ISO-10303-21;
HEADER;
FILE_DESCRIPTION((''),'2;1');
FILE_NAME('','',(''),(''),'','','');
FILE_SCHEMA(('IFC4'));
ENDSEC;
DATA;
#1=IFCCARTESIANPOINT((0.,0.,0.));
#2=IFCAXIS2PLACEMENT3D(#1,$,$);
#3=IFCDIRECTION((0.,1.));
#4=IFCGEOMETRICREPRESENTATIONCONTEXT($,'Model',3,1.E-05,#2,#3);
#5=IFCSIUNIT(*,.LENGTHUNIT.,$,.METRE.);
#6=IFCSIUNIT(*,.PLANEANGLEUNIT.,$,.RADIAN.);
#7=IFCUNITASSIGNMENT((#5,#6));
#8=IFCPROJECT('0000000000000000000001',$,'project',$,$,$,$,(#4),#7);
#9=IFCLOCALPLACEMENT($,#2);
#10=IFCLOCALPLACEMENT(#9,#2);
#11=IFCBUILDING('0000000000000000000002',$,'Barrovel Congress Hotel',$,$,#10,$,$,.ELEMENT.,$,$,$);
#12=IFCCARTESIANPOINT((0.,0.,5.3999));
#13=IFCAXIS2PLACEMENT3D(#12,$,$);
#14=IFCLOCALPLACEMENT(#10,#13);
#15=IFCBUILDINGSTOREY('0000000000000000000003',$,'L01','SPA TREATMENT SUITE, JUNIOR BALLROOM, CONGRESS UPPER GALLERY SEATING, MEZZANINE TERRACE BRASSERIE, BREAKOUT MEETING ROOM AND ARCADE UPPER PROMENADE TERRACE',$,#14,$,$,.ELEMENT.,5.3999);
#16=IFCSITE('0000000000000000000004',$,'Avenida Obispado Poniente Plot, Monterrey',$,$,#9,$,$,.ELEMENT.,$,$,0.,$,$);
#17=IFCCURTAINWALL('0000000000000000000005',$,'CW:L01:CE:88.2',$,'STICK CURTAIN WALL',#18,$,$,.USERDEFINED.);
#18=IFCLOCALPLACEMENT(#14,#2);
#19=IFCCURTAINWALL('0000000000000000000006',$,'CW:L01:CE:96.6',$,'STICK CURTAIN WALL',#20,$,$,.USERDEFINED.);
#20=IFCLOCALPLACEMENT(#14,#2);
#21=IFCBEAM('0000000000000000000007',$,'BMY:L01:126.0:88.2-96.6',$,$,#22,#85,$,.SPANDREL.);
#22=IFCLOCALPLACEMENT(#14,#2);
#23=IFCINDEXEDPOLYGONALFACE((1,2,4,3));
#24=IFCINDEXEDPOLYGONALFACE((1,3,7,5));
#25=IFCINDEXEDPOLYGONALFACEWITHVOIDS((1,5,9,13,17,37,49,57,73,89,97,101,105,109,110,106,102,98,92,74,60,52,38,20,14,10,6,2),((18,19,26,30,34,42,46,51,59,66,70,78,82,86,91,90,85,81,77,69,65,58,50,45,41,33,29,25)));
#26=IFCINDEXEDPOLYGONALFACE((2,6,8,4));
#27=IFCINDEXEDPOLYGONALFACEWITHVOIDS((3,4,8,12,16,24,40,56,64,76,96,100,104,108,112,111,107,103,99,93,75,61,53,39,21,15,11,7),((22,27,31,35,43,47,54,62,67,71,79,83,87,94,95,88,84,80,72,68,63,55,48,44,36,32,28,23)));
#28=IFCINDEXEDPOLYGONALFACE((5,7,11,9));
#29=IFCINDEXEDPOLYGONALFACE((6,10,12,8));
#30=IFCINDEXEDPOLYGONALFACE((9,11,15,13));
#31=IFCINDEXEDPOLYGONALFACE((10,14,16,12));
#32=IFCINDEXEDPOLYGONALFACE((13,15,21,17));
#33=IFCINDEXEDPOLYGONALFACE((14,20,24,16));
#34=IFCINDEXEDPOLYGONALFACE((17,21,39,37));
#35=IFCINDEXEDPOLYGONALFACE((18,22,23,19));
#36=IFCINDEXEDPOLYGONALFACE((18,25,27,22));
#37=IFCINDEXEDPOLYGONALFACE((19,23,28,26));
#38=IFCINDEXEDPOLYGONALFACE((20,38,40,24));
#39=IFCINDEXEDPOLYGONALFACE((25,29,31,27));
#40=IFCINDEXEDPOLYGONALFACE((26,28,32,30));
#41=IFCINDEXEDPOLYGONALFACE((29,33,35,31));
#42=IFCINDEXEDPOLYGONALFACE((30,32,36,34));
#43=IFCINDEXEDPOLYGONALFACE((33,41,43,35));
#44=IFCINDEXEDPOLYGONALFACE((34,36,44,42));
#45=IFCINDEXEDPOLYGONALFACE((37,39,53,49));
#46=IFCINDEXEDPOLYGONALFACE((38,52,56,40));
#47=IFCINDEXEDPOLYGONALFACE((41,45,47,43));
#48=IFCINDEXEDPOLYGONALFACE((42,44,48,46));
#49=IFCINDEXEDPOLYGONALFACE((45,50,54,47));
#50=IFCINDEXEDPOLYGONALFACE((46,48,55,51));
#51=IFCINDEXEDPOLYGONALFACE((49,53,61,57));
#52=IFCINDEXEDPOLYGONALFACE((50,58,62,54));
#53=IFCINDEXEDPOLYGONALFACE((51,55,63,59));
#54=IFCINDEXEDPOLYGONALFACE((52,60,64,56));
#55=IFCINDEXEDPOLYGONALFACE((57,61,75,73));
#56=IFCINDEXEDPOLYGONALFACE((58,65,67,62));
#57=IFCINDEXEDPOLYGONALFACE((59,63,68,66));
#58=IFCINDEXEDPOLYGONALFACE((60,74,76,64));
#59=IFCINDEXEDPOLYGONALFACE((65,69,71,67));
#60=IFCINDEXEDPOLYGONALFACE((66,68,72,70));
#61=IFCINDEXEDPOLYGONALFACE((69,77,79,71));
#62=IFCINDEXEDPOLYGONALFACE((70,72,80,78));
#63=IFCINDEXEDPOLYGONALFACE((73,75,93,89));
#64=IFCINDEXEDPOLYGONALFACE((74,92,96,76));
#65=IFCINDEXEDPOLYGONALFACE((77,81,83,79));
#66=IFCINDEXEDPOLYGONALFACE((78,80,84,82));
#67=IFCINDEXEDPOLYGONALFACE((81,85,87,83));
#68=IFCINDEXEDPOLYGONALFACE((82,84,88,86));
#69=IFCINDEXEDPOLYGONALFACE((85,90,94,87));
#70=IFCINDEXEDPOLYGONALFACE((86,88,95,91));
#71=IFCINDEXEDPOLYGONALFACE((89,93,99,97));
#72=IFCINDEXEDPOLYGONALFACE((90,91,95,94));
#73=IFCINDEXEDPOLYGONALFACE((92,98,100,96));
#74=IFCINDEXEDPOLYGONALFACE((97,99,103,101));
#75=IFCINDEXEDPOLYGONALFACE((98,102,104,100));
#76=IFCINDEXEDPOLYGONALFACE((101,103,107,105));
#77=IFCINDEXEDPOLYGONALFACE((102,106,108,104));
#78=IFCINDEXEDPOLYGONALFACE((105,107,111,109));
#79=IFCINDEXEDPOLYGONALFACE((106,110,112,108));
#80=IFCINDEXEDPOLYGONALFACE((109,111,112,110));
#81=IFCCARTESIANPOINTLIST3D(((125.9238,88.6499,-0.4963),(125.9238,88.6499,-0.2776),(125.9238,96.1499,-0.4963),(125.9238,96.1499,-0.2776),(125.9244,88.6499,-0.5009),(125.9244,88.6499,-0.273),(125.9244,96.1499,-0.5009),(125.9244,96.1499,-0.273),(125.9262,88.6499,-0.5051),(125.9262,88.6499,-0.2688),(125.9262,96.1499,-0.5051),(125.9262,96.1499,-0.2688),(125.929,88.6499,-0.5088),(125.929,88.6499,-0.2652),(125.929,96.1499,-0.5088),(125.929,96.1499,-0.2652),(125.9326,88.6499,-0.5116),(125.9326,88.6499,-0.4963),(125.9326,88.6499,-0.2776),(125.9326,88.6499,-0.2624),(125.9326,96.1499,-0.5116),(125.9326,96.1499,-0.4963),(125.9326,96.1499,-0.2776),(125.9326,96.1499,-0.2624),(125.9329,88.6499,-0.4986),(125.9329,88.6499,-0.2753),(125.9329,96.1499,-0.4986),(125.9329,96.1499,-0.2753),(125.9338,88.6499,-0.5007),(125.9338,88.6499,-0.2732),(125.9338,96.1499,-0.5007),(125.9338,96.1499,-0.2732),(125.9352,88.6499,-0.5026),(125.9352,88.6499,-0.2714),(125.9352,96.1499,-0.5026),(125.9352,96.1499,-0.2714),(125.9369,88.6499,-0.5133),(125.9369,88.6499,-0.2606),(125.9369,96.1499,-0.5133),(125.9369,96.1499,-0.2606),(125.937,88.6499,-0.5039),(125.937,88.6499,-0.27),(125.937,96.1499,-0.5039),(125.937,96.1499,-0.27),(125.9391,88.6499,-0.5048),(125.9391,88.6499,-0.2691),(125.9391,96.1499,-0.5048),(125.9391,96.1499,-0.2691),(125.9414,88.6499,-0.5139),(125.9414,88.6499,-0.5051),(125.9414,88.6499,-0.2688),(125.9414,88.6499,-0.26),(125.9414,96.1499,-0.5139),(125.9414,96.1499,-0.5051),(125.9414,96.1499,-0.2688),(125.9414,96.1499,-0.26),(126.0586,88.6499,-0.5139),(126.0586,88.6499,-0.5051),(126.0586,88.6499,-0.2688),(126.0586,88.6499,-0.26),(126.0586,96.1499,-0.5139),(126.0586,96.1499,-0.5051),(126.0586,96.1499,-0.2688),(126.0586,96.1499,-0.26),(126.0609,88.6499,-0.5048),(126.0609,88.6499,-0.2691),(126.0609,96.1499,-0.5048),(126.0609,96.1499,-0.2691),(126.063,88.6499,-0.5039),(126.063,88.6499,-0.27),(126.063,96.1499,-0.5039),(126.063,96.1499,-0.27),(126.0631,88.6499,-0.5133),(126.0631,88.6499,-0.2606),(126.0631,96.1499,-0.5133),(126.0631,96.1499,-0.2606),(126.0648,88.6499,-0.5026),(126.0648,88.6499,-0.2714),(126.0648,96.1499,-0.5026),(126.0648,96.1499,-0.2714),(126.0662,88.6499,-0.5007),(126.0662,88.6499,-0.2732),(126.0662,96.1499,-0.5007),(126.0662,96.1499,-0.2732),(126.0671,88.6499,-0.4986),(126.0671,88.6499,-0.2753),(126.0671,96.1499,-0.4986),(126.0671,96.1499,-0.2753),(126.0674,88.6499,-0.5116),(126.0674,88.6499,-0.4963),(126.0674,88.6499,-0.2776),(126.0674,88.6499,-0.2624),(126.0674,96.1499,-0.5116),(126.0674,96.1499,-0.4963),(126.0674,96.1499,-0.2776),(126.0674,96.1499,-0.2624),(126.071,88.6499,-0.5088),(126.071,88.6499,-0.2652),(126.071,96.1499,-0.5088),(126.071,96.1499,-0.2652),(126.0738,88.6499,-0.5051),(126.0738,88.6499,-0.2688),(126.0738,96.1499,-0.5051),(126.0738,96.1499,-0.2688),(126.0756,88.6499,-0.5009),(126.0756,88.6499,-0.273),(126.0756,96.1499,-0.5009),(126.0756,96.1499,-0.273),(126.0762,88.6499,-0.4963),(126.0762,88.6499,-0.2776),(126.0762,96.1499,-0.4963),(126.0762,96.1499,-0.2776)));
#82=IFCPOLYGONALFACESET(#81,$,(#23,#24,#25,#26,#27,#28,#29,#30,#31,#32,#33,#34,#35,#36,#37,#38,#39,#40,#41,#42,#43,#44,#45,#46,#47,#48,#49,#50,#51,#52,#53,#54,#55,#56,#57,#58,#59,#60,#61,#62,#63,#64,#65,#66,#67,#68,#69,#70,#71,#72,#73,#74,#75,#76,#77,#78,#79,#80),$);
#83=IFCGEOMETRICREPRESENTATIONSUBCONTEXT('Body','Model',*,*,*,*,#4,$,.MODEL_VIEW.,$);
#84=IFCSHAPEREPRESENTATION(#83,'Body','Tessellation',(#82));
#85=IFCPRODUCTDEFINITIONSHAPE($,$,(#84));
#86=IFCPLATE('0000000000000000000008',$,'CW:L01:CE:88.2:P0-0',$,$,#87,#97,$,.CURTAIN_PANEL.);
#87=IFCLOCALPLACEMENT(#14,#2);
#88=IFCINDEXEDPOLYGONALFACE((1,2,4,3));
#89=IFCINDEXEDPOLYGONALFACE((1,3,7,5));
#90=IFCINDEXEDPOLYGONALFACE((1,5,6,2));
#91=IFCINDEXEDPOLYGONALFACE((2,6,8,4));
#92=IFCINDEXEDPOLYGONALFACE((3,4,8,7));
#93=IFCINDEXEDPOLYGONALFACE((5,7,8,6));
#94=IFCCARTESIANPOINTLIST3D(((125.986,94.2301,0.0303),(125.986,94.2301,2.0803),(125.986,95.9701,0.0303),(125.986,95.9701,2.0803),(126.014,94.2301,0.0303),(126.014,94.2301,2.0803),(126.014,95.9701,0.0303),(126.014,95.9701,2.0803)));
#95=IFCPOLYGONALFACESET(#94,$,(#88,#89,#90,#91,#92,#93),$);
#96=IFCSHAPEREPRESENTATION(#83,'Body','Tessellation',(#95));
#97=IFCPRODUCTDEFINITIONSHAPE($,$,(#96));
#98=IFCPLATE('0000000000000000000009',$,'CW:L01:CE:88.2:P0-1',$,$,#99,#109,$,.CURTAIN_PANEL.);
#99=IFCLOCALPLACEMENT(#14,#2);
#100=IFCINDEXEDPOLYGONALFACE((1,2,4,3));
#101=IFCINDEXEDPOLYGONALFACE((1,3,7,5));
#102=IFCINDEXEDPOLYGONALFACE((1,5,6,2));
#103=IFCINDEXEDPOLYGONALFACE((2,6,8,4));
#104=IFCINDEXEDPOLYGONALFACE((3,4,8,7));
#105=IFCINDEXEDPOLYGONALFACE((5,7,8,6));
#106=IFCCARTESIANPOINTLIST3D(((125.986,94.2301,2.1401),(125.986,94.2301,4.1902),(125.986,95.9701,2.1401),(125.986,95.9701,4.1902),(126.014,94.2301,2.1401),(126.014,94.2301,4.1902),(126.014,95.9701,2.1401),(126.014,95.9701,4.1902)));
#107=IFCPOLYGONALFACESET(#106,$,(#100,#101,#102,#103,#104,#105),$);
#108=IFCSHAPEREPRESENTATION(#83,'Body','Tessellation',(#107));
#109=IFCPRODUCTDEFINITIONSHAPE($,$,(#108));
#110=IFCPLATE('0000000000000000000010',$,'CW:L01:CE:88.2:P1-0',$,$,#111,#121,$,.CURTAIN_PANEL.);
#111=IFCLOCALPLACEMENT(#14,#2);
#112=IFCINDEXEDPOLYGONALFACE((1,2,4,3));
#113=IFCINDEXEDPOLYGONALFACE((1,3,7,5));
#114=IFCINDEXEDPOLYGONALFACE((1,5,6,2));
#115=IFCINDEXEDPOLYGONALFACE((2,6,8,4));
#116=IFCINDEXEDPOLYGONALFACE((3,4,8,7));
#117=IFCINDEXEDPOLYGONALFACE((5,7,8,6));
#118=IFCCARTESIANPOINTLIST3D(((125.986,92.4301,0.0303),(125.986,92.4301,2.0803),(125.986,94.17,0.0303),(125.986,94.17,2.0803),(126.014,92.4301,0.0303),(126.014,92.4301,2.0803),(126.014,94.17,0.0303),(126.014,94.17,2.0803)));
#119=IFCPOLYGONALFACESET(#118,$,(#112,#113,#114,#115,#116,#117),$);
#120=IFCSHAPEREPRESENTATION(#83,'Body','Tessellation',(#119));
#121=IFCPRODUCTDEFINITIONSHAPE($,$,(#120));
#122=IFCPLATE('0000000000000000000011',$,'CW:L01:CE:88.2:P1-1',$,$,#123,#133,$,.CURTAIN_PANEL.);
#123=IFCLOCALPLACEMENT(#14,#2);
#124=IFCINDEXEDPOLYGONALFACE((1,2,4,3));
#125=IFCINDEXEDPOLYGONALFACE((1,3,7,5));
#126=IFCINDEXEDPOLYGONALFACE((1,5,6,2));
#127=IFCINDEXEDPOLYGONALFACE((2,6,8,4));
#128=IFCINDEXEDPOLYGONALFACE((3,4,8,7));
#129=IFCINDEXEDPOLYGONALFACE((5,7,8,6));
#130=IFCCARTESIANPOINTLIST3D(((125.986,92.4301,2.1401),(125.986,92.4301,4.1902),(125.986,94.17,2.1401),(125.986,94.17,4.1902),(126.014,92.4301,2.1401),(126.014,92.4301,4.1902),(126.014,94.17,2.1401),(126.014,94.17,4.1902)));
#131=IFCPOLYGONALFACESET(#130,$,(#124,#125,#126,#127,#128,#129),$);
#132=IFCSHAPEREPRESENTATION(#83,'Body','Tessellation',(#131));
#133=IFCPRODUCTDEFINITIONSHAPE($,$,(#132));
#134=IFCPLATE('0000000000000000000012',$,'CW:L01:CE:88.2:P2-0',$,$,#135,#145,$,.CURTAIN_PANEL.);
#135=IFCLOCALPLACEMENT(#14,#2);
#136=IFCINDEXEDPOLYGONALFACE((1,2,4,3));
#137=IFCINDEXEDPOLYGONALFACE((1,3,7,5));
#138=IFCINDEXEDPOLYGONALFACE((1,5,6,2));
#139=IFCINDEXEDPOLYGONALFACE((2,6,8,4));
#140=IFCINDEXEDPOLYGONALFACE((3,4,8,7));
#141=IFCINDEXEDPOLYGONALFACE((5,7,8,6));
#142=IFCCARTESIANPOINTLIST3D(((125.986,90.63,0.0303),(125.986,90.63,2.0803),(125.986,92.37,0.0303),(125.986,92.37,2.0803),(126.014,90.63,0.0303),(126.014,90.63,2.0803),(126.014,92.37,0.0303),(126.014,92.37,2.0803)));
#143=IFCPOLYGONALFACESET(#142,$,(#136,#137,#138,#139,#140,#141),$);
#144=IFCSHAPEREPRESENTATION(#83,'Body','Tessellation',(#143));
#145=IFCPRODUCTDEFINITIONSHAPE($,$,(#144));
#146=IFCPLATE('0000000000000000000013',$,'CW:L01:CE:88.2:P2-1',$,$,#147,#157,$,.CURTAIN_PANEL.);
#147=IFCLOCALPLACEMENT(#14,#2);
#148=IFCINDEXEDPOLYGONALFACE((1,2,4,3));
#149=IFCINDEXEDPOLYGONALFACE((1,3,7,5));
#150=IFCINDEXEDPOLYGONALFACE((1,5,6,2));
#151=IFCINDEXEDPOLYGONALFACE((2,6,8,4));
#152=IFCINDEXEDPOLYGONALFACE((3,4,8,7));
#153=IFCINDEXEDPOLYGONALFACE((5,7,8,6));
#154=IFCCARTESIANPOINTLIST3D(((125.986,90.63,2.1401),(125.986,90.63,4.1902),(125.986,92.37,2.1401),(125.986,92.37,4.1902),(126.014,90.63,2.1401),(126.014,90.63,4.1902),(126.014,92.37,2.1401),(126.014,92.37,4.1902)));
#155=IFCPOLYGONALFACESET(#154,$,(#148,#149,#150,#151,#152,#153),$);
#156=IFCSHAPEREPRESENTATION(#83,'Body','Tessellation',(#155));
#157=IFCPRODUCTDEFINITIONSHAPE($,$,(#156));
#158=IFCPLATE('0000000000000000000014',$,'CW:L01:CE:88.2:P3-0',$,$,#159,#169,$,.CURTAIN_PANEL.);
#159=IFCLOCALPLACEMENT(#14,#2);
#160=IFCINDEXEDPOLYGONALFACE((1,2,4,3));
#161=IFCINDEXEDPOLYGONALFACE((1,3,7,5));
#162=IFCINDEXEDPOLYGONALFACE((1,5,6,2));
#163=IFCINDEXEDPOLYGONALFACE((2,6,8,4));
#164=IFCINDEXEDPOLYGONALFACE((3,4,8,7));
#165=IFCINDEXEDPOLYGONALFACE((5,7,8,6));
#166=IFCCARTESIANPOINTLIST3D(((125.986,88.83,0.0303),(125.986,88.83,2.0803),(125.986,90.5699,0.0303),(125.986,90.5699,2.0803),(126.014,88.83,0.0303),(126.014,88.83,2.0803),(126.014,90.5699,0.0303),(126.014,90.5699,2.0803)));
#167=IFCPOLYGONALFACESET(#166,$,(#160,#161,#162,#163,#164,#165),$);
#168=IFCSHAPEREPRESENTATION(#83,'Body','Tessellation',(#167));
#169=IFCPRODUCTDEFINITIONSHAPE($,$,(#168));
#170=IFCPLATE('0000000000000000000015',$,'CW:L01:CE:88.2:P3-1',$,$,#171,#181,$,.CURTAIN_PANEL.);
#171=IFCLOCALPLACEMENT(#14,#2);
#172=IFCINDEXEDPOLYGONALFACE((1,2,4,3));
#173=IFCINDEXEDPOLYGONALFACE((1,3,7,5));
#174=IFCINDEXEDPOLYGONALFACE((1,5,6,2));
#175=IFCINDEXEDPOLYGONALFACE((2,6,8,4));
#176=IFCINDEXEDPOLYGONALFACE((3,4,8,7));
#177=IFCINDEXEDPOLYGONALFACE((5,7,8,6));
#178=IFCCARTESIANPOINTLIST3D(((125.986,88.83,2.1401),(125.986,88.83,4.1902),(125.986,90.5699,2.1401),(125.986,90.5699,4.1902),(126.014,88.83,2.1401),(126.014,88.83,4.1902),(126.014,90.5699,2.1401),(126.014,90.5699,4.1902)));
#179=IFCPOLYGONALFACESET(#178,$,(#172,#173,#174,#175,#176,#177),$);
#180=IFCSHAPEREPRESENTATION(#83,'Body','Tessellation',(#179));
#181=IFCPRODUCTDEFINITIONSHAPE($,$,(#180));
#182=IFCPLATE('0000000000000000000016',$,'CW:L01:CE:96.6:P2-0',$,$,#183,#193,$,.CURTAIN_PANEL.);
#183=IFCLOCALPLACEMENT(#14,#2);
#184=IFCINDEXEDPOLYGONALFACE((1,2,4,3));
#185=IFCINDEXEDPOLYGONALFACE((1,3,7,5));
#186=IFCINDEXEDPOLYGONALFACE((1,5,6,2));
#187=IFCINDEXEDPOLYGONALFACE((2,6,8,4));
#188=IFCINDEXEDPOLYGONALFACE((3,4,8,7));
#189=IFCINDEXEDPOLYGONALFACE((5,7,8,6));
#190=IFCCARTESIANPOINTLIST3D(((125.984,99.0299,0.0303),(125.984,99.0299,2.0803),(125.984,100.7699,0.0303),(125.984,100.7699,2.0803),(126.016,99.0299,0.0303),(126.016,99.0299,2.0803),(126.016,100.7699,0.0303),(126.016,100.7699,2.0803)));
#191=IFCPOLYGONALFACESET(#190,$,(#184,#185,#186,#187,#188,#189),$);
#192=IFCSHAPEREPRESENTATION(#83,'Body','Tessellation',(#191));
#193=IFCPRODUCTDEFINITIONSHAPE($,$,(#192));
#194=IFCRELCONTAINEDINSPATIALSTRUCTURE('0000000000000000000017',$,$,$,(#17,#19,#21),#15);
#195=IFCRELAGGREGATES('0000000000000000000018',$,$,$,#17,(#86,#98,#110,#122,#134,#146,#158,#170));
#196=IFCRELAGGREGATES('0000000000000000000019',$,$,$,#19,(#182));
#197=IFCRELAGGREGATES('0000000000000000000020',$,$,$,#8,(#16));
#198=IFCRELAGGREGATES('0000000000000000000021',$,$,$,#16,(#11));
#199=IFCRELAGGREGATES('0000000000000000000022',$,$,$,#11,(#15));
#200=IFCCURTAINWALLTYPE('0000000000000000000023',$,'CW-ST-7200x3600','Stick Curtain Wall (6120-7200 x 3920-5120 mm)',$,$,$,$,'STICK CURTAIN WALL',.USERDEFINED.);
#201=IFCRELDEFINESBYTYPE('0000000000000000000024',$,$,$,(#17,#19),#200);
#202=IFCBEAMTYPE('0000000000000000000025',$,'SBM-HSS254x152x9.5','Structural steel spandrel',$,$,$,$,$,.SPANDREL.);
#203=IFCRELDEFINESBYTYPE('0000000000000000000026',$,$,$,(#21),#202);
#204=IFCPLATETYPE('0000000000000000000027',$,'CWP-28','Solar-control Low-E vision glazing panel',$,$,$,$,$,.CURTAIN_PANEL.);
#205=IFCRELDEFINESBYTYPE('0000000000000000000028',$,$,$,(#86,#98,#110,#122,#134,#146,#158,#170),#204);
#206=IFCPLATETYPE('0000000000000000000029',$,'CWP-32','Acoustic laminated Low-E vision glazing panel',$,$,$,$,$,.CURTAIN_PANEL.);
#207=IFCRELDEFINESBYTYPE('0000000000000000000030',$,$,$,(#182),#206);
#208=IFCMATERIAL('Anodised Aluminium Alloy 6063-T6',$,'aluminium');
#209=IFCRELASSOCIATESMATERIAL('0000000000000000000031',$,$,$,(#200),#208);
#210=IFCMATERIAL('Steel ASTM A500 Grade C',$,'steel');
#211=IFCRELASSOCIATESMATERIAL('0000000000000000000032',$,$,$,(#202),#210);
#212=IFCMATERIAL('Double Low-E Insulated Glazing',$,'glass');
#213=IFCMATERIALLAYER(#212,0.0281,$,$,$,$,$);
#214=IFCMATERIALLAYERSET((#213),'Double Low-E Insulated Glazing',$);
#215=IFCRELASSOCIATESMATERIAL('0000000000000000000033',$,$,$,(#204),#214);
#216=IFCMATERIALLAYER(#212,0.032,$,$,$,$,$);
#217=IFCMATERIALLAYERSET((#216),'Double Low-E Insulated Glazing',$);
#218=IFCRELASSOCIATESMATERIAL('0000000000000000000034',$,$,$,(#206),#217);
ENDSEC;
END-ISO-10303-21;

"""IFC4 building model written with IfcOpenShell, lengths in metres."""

from ifc_helpers import new_model, si_unit, direction, frame, origin, origin_2d, place, context, subcontext, project, spatial, rectangle, hollow_rectangle, extrude, material, layer, layer_set, material_profile, profile_set, type_object, element, aggregate, save


model = new_model("IFC4")

# Units and contexts
model_context = context("Model", 3, precision=1e-05, world=origin(), true_north=direction((0.0, 1.0)))
body_context = subcontext(model_context, "Body", "Model", "MODEL_VIEW")
ifc_project = project(units=[si_unit("LENGTHUNIT", "METRE"), si_unit("PLANEANGLEUNIT", "RADIAN")], contexts=[model_context])

# Site, building, storey
site_placement = place(None, origin())
site = spatial("IfcSite", under=ifc_project, at=site_placement, Name="Avenida Obispado Poniente Plot, Monterrey", CompositionType="ELEMENT", RefElevation=0.0)
building_placement = place(site_placement, origin())
building = spatial("IfcBuilding", under=site, at=building_placement, Name="Barrovel Congress Hotel", CompositionType="ELEMENT")
storey_placement = place(building_placement, frame((0.0, 0.0, 5.3999)))
storey = spatial("IfcBuildingStorey", under=building, at=storey_placement, Name="L01", Description="SPA TREATMENT SUITE, JUNIOR BALLROOM, CONGRESS UPPER GALLERY SEATING, MEZZANINE TERRACE BRASSERIE, BREAKOUT MEETING ROOM AND ARCADE UPPER PROMENADE TERRACE", CompositionType="ELEMENT", Elevation=5.3999)

# Curtain walls
ifc_material_1 = material(Name="Anodised Aluminium Alloy 6063-T6", Category="aluminium")
curtain_wall_type = type_object("IfcCurtainWallType", Name="CW-ST-7200x3600", Description="Stick Curtain Wall (6120-7200 x 3920-5120 mm)", ElementType="STICK CURTAIN WALL", PredefinedType="USERDEFINED", material=ifc_material_1)
curtain_wall_1_placement = place(storey_placement, origin())
curtain_wall_1 = element("IfcCurtainWall", 1, at=curtain_wall_1_placement, inside=storey, type_object=curtain_wall_type, Name="CW:L01:CE:88.2", ObjectType="STICK CURTAIN WALL", PredefinedType="USERDEFINED")
curtain_wall_2_placement = place(storey_placement, origin())
curtain_wall_2 = element("IfcCurtainWall", 2, at=curtain_wall_2_placement, inside=storey, type_object=curtain_wall_type, Name="CW:L01:CE:96.6", ObjectType="STICK CURTAIN WALL", PredefinedType="USERDEFINED")

# Beam
ifc_material_2 = material(Name="Steel ASTM A500 Grade C", Category="steel")
ifc_material_profile_1 = material_profile(ifc_material_2, hollow_rectangle(XDim=0.1523, YDim=0.2539, WallThickness=0.0088, InnerFilletRadius=0.0088, OuterFilletRadius=0.0176, at=origin_2d()), Name="HSS254x152x9.5")
ifc_profile_set_1 = profile_set([ifc_material_profile_1], Name="Steel ASTM A500 Grade C")
beam_type_1 = type_object("IfcBeamType", Name="SBM-HSS254x152x9.5", Description="Structural steel spandrel", PredefinedType="SPANDREL", material=ifc_profile_set_1)
beam_1_placement = place(storey_placement, frame((126.0, 88.6499, -0.387), z_axis=(0.0, 1.0, 0.0), x_axis=(-1.0, 0.0, 0.0)))
element("IfcBeam", 3, at=beam_1_placement, inside=storey, type_object=beam_type_1, Name="BMY:L01:126.0:88.2-96.6", PredefinedType="SPANDREL", context=body_context, shape_type="SweptSolid", body=[
    extrude(hollow_rectangle(XDim=0.1523, YDim=0.2539, WallThickness=0.0088, InnerFilletRadius=0.0088, OuterFilletRadius=0.0176, at=origin_2d()), origin(), (0.0, 0.0, 1.0), 7.5),
])

# Plates
ifc_material_3 = material(Name="Double Low-E Insulated Glazing", Category="glass")
ifc_layer_1 = layer(ifc_material_3, 0.0281)
ifc_layer_set_1 = layer_set([ifc_layer_1], Name="Double Low-E Insulated Glazing")
plate_type_1 = type_object("IfcPlateType", Name="CWP-28", Description="Solar-control Low-E vision glazing panel", PredefinedType="CURTAIN_PANEL", material=ifc_layer_set_1)
plate_1_placement = place(storey_placement, frame((126.0, 95.1001, 0.0303), z_axis=(0.0, 0.0, 1.0), x_axis=(0.0, -1.0, 0.0)))
plate_1 = element("IfcPlate", 4, at=plate_1_placement, type_object=plate_type_1, Name="CW:L01:CE:88.2:P0-0", PredefinedType="CURTAIN_PANEL", context=body_context, shape_type="SweptSolid", body=[
    extrude(rectangle(XDim=1.74, YDim=0.0281, at=origin_2d()), origin(), (0.0, 0.0, 1.0), 2.05),
])
plate_2_placement = place(storey_placement, frame((126.0, 95.1001, 2.1401), z_axis=(0.0, 0.0, 1.0), x_axis=(0.0, -1.0, 0.0)))
plate_2 = element("IfcPlate", 5, at=plate_2_placement, type_object=plate_type_1, Name="CW:L01:CE:88.2:P0-1", PredefinedType="CURTAIN_PANEL", context=body_context, shape_type="SweptSolid", body=[
    extrude(rectangle(XDim=1.74, YDim=0.0281, at=origin_2d()), origin(), (0.0, 0.0, 1.0), 2.05),
])
plate_3_placement = place(storey_placement, frame((126.0, 93.3, 0.0303), z_axis=(0.0, 0.0, 1.0), x_axis=(0.0, -1.0, 0.0)))
plate_3 = element("IfcPlate", 6, at=plate_3_placement, type_object=plate_type_1, Name="CW:L01:CE:88.2:P1-0", PredefinedType="CURTAIN_PANEL", context=body_context, shape_type="SweptSolid", body=[
    extrude(rectangle(XDim=1.74, YDim=0.0281, at=origin_2d()), origin(), (0.0, 0.0, 1.0), 2.05),
])
plate_4_placement = place(storey_placement, frame((126.0, 93.3, 2.1401), z_axis=(0.0, 0.0, 1.0), x_axis=(0.0, -1.0, 0.0)))
plate_4 = element("IfcPlate", 7, at=plate_4_placement, type_object=plate_type_1, Name="CW:L01:CE:88.2:P1-1", PredefinedType="CURTAIN_PANEL", context=body_context, shape_type="SweptSolid", body=[
    extrude(rectangle(XDim=1.74, YDim=0.0281, at=origin_2d()), origin(), (0.0, 0.0, 1.0), 2.05),
])
plate_5_placement = place(storey_placement, frame((126.0, 91.5, 0.0303), z_axis=(0.0, 0.0, 1.0), x_axis=(0.0, -1.0, 0.0)))
plate_5 = element("IfcPlate", 8, at=plate_5_placement, type_object=plate_type_1, Name="CW:L01:CE:88.2:P2-0", PredefinedType="CURTAIN_PANEL", context=body_context, shape_type="SweptSolid", body=[
    extrude(rectangle(XDim=1.74, YDim=0.0281, at=origin_2d()), origin(), (0.0, 0.0, 1.0), 2.05),
])
plate_6_placement = place(storey_placement, frame((126.0, 91.5, 2.1401), z_axis=(0.0, 0.0, 1.0), x_axis=(0.0, -1.0, 0.0)))
plate_6 = element("IfcPlate", 9, at=plate_6_placement, type_object=plate_type_1, Name="CW:L01:CE:88.2:P2-1", PredefinedType="CURTAIN_PANEL", context=body_context, shape_type="SweptSolid", body=[
    extrude(rectangle(XDim=1.74, YDim=0.0281, at=origin_2d()), origin(), (0.0, 0.0, 1.0), 2.05),
])
plate_7_placement = place(storey_placement, frame((126.0, 89.7, 0.0303), z_axis=(0.0, 0.0, 1.0), x_axis=(0.0, -1.0, 0.0)))
plate_7 = element("IfcPlate", 10, at=plate_7_placement, type_object=plate_type_1, Name="CW:L01:CE:88.2:P3-0", PredefinedType="CURTAIN_PANEL", context=body_context, shape_type="SweptSolid", body=[
    extrude(rectangle(XDim=1.74, YDim=0.0281, at=origin_2d()), origin(), (0.0, 0.0, 1.0), 2.05),
])
plate_8_placement = place(storey_placement, frame((126.0, 89.7, 2.1401), z_axis=(0.0, 0.0, 1.0), x_axis=(0.0, -1.0, 0.0)))
plate_8 = element("IfcPlate", 11, at=plate_8_placement, type_object=plate_type_1, Name="CW:L01:CE:88.2:P3-1", PredefinedType="CURTAIN_PANEL", context=body_context, shape_type="SweptSolid", body=[
    extrude(rectangle(XDim=1.74, YDim=0.0281, at=origin_2d()), origin(), (0.0, 0.0, 1.0), 2.05),
])
aggregate(curtain_wall_1, [plate_1, plate_2, plate_3, plate_4, plate_5, plate_6, plate_7, plate_8])
ifc_layer_2 = layer(ifc_material_3, 0.032)
ifc_layer_set_2 = layer_set([ifc_layer_2], Name="Double Low-E Insulated Glazing")
plate_type_2 = type_object("IfcPlateType", Name="CWP-32", Description="Acoustic laminated Low-E vision glazing panel", PredefinedType="CURTAIN_PANEL", material=ifc_layer_set_2)
plate_9_placement = place(storey_placement, frame((126.0, 99.8999, 0.0303), z_axis=(0.0, 0.0, 1.0), x_axis=(0.0, -1.0, 0.0)))
plate_9 = element("IfcPlate", 12, at=plate_9_placement, type_object=plate_type_2, Name="CW:L01:CE:96.6:P2-0", PredefinedType="CURTAIN_PANEL", context=body_context, shape_type="SweptSolid", body=[
    extrude(rectangle(XDim=1.74, YDim=0.032, at=origin_2d()), origin(), (0.0, 0.0, 1.0), 2.05),
])
aggregate(curtain_wall_2, [plate_9])

save(model, "model.ifc")
